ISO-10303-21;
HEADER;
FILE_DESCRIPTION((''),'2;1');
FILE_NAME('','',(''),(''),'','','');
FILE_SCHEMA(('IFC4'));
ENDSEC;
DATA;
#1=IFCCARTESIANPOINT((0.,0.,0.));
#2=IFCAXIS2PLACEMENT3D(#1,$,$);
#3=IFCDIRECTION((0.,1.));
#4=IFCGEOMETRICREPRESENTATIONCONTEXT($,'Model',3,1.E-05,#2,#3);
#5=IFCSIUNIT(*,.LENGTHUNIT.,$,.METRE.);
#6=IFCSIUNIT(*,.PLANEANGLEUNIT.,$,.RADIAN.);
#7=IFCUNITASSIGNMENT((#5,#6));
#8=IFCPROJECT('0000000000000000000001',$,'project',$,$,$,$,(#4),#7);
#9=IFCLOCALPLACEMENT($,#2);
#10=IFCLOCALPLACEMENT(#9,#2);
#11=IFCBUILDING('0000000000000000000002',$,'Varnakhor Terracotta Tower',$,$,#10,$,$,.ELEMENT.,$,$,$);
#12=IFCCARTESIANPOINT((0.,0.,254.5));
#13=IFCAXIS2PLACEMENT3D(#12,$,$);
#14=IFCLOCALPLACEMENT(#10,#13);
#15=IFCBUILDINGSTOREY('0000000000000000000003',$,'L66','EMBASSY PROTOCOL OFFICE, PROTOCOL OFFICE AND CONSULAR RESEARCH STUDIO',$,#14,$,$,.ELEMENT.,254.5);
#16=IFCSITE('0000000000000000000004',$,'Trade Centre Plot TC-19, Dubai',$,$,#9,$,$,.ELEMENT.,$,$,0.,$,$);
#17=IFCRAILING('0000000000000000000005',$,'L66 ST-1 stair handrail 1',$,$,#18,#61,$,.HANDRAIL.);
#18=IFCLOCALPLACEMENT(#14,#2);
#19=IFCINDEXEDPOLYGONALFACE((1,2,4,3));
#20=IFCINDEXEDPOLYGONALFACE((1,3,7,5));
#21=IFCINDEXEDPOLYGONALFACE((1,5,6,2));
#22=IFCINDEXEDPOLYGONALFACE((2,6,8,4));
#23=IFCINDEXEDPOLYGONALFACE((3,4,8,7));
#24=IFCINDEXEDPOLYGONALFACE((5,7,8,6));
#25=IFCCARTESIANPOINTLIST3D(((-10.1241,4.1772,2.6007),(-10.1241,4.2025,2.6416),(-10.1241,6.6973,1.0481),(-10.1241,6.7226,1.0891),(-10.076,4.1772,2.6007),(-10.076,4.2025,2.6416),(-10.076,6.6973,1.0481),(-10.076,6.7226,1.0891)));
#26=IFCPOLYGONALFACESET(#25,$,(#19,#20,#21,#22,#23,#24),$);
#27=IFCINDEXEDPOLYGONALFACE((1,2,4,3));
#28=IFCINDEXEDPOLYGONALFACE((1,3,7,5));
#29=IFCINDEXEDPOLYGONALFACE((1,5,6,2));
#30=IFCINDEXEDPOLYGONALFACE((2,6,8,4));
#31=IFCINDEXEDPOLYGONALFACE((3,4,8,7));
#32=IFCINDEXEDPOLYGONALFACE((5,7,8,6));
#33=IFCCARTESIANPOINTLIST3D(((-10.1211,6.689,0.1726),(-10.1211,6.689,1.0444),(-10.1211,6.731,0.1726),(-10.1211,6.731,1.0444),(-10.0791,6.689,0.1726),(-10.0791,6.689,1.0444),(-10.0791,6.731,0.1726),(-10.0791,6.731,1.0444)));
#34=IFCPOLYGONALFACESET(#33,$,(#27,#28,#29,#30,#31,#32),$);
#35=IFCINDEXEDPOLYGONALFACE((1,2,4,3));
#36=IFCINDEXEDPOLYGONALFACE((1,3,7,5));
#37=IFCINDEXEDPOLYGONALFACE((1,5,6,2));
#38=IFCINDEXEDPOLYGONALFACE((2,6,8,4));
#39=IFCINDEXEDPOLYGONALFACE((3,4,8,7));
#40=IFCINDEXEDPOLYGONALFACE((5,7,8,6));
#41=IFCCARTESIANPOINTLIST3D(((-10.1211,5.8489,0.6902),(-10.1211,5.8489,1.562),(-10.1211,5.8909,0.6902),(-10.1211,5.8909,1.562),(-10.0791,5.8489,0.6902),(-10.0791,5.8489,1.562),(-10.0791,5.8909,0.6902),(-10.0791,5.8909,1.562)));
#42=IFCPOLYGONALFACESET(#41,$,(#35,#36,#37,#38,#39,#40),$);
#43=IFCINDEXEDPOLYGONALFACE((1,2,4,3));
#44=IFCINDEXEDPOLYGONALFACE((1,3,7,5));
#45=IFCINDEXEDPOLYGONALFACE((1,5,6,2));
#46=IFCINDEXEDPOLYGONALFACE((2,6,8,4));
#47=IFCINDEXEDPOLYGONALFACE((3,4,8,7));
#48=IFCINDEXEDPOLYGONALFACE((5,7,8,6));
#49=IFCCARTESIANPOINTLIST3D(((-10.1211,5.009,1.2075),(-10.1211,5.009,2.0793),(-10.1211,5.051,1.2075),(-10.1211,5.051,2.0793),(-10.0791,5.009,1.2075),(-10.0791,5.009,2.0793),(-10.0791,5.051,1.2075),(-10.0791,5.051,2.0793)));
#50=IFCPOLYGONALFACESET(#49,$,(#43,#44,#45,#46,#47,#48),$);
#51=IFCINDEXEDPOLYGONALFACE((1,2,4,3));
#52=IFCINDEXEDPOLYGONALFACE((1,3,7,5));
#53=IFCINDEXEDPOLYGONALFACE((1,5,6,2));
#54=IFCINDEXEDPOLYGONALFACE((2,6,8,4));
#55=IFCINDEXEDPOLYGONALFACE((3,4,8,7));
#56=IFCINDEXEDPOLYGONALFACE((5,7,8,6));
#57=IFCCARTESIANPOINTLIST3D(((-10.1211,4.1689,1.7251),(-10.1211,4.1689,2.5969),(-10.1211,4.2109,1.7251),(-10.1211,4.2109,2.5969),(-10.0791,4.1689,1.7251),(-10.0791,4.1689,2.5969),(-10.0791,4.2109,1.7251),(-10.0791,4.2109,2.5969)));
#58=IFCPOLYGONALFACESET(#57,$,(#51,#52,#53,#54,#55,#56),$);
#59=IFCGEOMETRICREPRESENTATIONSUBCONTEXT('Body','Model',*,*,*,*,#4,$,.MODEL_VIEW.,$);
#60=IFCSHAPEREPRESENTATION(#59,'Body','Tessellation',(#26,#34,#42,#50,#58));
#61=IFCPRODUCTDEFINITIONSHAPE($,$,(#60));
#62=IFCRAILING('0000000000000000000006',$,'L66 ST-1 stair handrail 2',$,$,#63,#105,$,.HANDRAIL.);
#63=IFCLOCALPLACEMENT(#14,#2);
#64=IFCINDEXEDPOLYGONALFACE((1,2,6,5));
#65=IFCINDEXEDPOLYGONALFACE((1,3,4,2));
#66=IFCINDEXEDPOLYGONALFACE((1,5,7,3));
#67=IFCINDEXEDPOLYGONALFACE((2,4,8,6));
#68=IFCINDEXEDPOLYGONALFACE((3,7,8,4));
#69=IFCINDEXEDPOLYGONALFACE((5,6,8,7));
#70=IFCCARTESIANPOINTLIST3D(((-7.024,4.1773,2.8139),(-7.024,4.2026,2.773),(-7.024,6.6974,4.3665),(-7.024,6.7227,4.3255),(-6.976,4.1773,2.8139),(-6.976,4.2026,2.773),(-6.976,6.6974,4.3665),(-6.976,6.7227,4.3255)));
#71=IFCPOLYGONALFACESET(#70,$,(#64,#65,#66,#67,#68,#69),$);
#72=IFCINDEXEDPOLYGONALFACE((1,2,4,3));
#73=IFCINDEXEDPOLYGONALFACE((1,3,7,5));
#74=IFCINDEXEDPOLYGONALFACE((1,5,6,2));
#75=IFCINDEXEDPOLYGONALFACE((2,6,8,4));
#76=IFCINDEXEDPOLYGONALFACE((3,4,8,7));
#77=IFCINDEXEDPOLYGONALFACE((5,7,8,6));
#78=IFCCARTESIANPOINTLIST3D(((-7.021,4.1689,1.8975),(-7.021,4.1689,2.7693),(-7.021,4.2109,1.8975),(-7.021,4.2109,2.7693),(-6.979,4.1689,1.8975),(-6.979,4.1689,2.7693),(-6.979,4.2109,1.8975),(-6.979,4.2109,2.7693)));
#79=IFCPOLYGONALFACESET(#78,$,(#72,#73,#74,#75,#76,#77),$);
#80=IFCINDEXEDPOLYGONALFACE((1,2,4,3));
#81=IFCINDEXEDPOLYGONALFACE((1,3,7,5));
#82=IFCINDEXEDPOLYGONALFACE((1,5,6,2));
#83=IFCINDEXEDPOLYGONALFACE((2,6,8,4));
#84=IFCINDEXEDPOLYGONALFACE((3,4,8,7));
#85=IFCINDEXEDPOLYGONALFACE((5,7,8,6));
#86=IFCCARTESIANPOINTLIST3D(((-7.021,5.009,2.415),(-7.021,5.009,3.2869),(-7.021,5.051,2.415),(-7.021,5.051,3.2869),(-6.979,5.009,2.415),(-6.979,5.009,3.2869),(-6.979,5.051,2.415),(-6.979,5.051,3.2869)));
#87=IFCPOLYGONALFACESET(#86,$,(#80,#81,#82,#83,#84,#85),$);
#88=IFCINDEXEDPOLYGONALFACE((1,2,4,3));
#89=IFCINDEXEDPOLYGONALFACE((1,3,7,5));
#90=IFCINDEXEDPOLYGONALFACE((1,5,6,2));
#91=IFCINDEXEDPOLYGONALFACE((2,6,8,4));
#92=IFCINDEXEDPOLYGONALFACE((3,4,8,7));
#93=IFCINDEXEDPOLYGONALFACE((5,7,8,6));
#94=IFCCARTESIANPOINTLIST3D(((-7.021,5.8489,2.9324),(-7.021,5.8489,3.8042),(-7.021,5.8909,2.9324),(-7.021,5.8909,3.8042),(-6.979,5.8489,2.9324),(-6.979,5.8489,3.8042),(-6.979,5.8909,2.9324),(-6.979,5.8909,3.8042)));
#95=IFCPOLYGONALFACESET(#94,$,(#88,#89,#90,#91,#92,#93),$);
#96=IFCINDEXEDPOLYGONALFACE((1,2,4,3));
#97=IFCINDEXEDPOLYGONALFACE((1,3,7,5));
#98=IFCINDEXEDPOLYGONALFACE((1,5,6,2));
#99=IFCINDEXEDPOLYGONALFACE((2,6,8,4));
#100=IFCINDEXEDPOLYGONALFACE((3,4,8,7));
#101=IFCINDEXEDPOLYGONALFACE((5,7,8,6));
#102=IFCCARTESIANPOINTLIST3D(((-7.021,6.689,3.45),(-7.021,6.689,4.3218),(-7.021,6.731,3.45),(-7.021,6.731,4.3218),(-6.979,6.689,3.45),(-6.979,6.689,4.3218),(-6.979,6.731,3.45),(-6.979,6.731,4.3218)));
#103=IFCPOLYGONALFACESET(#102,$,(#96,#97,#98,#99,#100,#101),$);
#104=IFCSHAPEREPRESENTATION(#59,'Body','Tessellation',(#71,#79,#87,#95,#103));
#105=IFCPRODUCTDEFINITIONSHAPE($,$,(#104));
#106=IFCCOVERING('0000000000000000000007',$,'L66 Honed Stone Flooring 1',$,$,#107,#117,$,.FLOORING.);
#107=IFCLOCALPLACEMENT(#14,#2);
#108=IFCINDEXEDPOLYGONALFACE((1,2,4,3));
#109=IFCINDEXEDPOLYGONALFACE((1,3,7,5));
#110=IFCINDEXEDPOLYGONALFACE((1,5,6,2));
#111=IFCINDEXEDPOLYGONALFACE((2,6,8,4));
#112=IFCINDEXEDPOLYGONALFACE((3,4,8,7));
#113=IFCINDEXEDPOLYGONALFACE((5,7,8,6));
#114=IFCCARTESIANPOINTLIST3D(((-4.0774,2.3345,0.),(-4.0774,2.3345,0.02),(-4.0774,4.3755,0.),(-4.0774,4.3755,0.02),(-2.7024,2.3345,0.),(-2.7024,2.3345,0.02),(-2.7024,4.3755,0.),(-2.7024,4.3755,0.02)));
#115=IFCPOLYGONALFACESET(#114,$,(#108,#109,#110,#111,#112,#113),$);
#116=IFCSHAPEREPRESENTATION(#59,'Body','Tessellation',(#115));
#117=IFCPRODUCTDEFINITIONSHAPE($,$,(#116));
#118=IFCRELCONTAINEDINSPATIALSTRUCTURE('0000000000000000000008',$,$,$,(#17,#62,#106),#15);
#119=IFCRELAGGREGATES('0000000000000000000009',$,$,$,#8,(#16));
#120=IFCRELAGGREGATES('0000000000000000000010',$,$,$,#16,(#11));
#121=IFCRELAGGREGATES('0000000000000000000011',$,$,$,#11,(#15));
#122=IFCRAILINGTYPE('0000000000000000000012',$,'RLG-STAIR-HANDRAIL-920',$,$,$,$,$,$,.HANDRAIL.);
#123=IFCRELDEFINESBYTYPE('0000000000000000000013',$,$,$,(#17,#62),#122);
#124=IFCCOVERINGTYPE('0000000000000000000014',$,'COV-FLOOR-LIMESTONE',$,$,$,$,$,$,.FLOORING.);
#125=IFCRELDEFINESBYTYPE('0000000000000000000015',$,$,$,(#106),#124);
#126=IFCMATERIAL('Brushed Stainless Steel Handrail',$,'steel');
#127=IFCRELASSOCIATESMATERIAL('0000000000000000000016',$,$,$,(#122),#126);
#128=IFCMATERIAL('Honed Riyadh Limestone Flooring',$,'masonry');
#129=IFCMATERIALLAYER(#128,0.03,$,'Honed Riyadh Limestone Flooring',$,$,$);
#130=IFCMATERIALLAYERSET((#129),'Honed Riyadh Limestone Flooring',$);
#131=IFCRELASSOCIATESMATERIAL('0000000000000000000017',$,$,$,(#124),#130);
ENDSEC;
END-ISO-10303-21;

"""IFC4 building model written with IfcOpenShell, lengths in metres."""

from ifc_helpers import new_model, si_unit, direction, frame, origin, origin_2d, place, context, subcontext, project, spatial, rectangle, extrude, source, transform, mapped, material, layer, layer_set, type_object, element, save


model = new_model("IFC4")

# Units and contexts
model_context = context("Model", 3, precision=1e-05, world=origin(), true_north=direction((0.0, 1.0)))
body_context = subcontext(model_context, "Body", "Model", "MODEL_VIEW")
ifc_project = project(units=[si_unit("LENGTHUNIT", "METRE"), si_unit("PLANEANGLEUNIT", "RADIAN")], contexts=[model_context])

# Site, building, storey
site_placement = place(None, origin())
site = spatial("IfcSite", under=ifc_project, at=site_placement, Name="Trade Centre Plot TC-19, Dubai", CompositionType="ELEMENT", RefElevation=0.0)
building_placement = place(site_placement, origin())
building = spatial("IfcBuilding", under=site, at=building_placement, Name="Varnakhor Terracotta Tower", CompositionType="ELEMENT")
storey_placement = place(building_placement, frame((0.0, 0.0, 254.5)))
storey = spatial("IfcBuildingStorey", under=building, at=storey_placement, Name="L66", Description="EMBASSY PROTOCOL OFFICE, PROTOCOL OFFICE AND CONSULAR RESEARCH STUDIO", CompositionType="ELEMENT", Elevation=254.5)

# Railings
ifc_material_1 = material(Name="Brushed Stainless Steel Handrail", Category="steel")
railing_type_1 = type_object("IfcRailingType", Name="RLG-STAIR-HANDRAIL-920", PredefinedType="HANDRAIL", material=ifc_material_1)
railing_1_placement = place(storey_placement, frame((-10.1001, 6.71, 0.1726)))
element("IfcRailing", 1, at=railing_1_placement, inside=storey, type_object=railing_type_1, Name="L66 ST-1 stair handrail 1", PredefinedType="HANDRAIL", context=body_context, shape_type="SweptSolid", body=[
    extrude(rectangle(XDim=0.0481, YDim=0.0481, at=origin_2d()), frame((0.0, 0.0, 0.896), z_axis=(0.0, -0.8514, 0.524516), x_axis=(1.0, 0.0, 0.0)), (0.0, 0.0, 1.0), 2.96),
    extrude(rectangle(XDim=0.042, YDim=0.042, at=origin_2d()), origin(), (0.0, 0.0, 1.0), 0.8718),
    extrude(rectangle(XDim=0.042, YDim=0.042, at=origin_2d()), frame((0.0, -0.8401, 0.5176)), (0.0, 0.0, 1.0), 0.8718),
    extrude(rectangle(XDim=0.042, YDim=0.042, at=origin_2d()), frame((0.0, -1.6799, 1.0349)), (0.0, 0.0, 1.0), 0.8718),
    extrude(rectangle(XDim=0.042, YDim=0.042, at=origin_2d()), frame((0.0, -2.52, 1.5525)), (0.0, 0.0, 1.0), 0.8718),
])
railing_2_placement = place(storey_placement, frame((-7.0, 4.1899, 1.8975)))
element("IfcRailing", 2, at=railing_2_placement, inside=storey, type_object=railing_type_1, Name="L66 ST-1 stair handrail 2", PredefinedType="HANDRAIL", context=body_context, shape_type="SweptSolid", body=[
    extrude(rectangle(XDim=0.0481, YDim=0.0481, at=origin_2d()), frame((0.0, 0.0, 0.896), z_axis=(0.0, 0.8514, 0.524516), x_axis=(-1.0, 0.0, 0.0)), (0.0, 0.0, 1.0), 2.96),
    extrude(rectangle(XDim=0.042, YDim=0.042, at=origin_2d()), origin(), (0.0, 0.0, 1.0), 0.8718),
    extrude(rectangle(XDim=0.042, YDim=0.042, at=origin_2d()), frame((0.0, 0.8401, 0.5176)), (0.0, 0.0, 1.0), 0.8718),
    extrude(rectangle(XDim=0.042, YDim=0.042, at=origin_2d()), frame((0.0, 1.6799, 1.0349)), (0.0, 0.0, 1.0), 0.8718),
    extrude(rectangle(XDim=0.042, YDim=0.042, at=origin_2d()), frame((0.0, 2.52, 1.5525)), (0.0, 0.0, 1.0), 0.8718),
])

# Covering
ifc_material_2 = material(Name="Honed Riyadh Limestone Flooring", Category="masonry")
ifc_layer_1 = layer(ifc_material_2, 0.03, Name="Honed Riyadh Limestone Flooring")
ifc_layer_set_1 = layer_set([ifc_layer_1], Name="Honed Riyadh Limestone Flooring")
covering_type = type_object("IfcCoveringType", Name="COV-FLOOR-LIMESTONE", PredefinedType="FLOORING", material=ifc_layer_set_1)
shared_shape_1 = source(origin(), body_context, "Body", "SweptSolid", [
    extrude(rectangle(XDim=1.375, YDim=2.041, at=origin_2d()), origin(), (0.0, 0.0, 1.0), 0.02),
])
covering_placement = place(storey_placement, frame((-3.3899, 3.355, 0.0), z_axis=(0.0, 0.0, 1.0), x_axis=(1.0, 0.0, 0.0)))
element("IfcCovering", 3, at=covering_placement, inside=storey, type_object=covering_type, Name="L66 Honed Stone Flooring 1", PredefinedType="FLOORING", context=body_context, shape_type="MappedRepresentation", body=[
    mapped(shared_shape_1, transform((0.0, 0.0, 0.0), scale=1.0)),
])

save(model, "model.ifc")
